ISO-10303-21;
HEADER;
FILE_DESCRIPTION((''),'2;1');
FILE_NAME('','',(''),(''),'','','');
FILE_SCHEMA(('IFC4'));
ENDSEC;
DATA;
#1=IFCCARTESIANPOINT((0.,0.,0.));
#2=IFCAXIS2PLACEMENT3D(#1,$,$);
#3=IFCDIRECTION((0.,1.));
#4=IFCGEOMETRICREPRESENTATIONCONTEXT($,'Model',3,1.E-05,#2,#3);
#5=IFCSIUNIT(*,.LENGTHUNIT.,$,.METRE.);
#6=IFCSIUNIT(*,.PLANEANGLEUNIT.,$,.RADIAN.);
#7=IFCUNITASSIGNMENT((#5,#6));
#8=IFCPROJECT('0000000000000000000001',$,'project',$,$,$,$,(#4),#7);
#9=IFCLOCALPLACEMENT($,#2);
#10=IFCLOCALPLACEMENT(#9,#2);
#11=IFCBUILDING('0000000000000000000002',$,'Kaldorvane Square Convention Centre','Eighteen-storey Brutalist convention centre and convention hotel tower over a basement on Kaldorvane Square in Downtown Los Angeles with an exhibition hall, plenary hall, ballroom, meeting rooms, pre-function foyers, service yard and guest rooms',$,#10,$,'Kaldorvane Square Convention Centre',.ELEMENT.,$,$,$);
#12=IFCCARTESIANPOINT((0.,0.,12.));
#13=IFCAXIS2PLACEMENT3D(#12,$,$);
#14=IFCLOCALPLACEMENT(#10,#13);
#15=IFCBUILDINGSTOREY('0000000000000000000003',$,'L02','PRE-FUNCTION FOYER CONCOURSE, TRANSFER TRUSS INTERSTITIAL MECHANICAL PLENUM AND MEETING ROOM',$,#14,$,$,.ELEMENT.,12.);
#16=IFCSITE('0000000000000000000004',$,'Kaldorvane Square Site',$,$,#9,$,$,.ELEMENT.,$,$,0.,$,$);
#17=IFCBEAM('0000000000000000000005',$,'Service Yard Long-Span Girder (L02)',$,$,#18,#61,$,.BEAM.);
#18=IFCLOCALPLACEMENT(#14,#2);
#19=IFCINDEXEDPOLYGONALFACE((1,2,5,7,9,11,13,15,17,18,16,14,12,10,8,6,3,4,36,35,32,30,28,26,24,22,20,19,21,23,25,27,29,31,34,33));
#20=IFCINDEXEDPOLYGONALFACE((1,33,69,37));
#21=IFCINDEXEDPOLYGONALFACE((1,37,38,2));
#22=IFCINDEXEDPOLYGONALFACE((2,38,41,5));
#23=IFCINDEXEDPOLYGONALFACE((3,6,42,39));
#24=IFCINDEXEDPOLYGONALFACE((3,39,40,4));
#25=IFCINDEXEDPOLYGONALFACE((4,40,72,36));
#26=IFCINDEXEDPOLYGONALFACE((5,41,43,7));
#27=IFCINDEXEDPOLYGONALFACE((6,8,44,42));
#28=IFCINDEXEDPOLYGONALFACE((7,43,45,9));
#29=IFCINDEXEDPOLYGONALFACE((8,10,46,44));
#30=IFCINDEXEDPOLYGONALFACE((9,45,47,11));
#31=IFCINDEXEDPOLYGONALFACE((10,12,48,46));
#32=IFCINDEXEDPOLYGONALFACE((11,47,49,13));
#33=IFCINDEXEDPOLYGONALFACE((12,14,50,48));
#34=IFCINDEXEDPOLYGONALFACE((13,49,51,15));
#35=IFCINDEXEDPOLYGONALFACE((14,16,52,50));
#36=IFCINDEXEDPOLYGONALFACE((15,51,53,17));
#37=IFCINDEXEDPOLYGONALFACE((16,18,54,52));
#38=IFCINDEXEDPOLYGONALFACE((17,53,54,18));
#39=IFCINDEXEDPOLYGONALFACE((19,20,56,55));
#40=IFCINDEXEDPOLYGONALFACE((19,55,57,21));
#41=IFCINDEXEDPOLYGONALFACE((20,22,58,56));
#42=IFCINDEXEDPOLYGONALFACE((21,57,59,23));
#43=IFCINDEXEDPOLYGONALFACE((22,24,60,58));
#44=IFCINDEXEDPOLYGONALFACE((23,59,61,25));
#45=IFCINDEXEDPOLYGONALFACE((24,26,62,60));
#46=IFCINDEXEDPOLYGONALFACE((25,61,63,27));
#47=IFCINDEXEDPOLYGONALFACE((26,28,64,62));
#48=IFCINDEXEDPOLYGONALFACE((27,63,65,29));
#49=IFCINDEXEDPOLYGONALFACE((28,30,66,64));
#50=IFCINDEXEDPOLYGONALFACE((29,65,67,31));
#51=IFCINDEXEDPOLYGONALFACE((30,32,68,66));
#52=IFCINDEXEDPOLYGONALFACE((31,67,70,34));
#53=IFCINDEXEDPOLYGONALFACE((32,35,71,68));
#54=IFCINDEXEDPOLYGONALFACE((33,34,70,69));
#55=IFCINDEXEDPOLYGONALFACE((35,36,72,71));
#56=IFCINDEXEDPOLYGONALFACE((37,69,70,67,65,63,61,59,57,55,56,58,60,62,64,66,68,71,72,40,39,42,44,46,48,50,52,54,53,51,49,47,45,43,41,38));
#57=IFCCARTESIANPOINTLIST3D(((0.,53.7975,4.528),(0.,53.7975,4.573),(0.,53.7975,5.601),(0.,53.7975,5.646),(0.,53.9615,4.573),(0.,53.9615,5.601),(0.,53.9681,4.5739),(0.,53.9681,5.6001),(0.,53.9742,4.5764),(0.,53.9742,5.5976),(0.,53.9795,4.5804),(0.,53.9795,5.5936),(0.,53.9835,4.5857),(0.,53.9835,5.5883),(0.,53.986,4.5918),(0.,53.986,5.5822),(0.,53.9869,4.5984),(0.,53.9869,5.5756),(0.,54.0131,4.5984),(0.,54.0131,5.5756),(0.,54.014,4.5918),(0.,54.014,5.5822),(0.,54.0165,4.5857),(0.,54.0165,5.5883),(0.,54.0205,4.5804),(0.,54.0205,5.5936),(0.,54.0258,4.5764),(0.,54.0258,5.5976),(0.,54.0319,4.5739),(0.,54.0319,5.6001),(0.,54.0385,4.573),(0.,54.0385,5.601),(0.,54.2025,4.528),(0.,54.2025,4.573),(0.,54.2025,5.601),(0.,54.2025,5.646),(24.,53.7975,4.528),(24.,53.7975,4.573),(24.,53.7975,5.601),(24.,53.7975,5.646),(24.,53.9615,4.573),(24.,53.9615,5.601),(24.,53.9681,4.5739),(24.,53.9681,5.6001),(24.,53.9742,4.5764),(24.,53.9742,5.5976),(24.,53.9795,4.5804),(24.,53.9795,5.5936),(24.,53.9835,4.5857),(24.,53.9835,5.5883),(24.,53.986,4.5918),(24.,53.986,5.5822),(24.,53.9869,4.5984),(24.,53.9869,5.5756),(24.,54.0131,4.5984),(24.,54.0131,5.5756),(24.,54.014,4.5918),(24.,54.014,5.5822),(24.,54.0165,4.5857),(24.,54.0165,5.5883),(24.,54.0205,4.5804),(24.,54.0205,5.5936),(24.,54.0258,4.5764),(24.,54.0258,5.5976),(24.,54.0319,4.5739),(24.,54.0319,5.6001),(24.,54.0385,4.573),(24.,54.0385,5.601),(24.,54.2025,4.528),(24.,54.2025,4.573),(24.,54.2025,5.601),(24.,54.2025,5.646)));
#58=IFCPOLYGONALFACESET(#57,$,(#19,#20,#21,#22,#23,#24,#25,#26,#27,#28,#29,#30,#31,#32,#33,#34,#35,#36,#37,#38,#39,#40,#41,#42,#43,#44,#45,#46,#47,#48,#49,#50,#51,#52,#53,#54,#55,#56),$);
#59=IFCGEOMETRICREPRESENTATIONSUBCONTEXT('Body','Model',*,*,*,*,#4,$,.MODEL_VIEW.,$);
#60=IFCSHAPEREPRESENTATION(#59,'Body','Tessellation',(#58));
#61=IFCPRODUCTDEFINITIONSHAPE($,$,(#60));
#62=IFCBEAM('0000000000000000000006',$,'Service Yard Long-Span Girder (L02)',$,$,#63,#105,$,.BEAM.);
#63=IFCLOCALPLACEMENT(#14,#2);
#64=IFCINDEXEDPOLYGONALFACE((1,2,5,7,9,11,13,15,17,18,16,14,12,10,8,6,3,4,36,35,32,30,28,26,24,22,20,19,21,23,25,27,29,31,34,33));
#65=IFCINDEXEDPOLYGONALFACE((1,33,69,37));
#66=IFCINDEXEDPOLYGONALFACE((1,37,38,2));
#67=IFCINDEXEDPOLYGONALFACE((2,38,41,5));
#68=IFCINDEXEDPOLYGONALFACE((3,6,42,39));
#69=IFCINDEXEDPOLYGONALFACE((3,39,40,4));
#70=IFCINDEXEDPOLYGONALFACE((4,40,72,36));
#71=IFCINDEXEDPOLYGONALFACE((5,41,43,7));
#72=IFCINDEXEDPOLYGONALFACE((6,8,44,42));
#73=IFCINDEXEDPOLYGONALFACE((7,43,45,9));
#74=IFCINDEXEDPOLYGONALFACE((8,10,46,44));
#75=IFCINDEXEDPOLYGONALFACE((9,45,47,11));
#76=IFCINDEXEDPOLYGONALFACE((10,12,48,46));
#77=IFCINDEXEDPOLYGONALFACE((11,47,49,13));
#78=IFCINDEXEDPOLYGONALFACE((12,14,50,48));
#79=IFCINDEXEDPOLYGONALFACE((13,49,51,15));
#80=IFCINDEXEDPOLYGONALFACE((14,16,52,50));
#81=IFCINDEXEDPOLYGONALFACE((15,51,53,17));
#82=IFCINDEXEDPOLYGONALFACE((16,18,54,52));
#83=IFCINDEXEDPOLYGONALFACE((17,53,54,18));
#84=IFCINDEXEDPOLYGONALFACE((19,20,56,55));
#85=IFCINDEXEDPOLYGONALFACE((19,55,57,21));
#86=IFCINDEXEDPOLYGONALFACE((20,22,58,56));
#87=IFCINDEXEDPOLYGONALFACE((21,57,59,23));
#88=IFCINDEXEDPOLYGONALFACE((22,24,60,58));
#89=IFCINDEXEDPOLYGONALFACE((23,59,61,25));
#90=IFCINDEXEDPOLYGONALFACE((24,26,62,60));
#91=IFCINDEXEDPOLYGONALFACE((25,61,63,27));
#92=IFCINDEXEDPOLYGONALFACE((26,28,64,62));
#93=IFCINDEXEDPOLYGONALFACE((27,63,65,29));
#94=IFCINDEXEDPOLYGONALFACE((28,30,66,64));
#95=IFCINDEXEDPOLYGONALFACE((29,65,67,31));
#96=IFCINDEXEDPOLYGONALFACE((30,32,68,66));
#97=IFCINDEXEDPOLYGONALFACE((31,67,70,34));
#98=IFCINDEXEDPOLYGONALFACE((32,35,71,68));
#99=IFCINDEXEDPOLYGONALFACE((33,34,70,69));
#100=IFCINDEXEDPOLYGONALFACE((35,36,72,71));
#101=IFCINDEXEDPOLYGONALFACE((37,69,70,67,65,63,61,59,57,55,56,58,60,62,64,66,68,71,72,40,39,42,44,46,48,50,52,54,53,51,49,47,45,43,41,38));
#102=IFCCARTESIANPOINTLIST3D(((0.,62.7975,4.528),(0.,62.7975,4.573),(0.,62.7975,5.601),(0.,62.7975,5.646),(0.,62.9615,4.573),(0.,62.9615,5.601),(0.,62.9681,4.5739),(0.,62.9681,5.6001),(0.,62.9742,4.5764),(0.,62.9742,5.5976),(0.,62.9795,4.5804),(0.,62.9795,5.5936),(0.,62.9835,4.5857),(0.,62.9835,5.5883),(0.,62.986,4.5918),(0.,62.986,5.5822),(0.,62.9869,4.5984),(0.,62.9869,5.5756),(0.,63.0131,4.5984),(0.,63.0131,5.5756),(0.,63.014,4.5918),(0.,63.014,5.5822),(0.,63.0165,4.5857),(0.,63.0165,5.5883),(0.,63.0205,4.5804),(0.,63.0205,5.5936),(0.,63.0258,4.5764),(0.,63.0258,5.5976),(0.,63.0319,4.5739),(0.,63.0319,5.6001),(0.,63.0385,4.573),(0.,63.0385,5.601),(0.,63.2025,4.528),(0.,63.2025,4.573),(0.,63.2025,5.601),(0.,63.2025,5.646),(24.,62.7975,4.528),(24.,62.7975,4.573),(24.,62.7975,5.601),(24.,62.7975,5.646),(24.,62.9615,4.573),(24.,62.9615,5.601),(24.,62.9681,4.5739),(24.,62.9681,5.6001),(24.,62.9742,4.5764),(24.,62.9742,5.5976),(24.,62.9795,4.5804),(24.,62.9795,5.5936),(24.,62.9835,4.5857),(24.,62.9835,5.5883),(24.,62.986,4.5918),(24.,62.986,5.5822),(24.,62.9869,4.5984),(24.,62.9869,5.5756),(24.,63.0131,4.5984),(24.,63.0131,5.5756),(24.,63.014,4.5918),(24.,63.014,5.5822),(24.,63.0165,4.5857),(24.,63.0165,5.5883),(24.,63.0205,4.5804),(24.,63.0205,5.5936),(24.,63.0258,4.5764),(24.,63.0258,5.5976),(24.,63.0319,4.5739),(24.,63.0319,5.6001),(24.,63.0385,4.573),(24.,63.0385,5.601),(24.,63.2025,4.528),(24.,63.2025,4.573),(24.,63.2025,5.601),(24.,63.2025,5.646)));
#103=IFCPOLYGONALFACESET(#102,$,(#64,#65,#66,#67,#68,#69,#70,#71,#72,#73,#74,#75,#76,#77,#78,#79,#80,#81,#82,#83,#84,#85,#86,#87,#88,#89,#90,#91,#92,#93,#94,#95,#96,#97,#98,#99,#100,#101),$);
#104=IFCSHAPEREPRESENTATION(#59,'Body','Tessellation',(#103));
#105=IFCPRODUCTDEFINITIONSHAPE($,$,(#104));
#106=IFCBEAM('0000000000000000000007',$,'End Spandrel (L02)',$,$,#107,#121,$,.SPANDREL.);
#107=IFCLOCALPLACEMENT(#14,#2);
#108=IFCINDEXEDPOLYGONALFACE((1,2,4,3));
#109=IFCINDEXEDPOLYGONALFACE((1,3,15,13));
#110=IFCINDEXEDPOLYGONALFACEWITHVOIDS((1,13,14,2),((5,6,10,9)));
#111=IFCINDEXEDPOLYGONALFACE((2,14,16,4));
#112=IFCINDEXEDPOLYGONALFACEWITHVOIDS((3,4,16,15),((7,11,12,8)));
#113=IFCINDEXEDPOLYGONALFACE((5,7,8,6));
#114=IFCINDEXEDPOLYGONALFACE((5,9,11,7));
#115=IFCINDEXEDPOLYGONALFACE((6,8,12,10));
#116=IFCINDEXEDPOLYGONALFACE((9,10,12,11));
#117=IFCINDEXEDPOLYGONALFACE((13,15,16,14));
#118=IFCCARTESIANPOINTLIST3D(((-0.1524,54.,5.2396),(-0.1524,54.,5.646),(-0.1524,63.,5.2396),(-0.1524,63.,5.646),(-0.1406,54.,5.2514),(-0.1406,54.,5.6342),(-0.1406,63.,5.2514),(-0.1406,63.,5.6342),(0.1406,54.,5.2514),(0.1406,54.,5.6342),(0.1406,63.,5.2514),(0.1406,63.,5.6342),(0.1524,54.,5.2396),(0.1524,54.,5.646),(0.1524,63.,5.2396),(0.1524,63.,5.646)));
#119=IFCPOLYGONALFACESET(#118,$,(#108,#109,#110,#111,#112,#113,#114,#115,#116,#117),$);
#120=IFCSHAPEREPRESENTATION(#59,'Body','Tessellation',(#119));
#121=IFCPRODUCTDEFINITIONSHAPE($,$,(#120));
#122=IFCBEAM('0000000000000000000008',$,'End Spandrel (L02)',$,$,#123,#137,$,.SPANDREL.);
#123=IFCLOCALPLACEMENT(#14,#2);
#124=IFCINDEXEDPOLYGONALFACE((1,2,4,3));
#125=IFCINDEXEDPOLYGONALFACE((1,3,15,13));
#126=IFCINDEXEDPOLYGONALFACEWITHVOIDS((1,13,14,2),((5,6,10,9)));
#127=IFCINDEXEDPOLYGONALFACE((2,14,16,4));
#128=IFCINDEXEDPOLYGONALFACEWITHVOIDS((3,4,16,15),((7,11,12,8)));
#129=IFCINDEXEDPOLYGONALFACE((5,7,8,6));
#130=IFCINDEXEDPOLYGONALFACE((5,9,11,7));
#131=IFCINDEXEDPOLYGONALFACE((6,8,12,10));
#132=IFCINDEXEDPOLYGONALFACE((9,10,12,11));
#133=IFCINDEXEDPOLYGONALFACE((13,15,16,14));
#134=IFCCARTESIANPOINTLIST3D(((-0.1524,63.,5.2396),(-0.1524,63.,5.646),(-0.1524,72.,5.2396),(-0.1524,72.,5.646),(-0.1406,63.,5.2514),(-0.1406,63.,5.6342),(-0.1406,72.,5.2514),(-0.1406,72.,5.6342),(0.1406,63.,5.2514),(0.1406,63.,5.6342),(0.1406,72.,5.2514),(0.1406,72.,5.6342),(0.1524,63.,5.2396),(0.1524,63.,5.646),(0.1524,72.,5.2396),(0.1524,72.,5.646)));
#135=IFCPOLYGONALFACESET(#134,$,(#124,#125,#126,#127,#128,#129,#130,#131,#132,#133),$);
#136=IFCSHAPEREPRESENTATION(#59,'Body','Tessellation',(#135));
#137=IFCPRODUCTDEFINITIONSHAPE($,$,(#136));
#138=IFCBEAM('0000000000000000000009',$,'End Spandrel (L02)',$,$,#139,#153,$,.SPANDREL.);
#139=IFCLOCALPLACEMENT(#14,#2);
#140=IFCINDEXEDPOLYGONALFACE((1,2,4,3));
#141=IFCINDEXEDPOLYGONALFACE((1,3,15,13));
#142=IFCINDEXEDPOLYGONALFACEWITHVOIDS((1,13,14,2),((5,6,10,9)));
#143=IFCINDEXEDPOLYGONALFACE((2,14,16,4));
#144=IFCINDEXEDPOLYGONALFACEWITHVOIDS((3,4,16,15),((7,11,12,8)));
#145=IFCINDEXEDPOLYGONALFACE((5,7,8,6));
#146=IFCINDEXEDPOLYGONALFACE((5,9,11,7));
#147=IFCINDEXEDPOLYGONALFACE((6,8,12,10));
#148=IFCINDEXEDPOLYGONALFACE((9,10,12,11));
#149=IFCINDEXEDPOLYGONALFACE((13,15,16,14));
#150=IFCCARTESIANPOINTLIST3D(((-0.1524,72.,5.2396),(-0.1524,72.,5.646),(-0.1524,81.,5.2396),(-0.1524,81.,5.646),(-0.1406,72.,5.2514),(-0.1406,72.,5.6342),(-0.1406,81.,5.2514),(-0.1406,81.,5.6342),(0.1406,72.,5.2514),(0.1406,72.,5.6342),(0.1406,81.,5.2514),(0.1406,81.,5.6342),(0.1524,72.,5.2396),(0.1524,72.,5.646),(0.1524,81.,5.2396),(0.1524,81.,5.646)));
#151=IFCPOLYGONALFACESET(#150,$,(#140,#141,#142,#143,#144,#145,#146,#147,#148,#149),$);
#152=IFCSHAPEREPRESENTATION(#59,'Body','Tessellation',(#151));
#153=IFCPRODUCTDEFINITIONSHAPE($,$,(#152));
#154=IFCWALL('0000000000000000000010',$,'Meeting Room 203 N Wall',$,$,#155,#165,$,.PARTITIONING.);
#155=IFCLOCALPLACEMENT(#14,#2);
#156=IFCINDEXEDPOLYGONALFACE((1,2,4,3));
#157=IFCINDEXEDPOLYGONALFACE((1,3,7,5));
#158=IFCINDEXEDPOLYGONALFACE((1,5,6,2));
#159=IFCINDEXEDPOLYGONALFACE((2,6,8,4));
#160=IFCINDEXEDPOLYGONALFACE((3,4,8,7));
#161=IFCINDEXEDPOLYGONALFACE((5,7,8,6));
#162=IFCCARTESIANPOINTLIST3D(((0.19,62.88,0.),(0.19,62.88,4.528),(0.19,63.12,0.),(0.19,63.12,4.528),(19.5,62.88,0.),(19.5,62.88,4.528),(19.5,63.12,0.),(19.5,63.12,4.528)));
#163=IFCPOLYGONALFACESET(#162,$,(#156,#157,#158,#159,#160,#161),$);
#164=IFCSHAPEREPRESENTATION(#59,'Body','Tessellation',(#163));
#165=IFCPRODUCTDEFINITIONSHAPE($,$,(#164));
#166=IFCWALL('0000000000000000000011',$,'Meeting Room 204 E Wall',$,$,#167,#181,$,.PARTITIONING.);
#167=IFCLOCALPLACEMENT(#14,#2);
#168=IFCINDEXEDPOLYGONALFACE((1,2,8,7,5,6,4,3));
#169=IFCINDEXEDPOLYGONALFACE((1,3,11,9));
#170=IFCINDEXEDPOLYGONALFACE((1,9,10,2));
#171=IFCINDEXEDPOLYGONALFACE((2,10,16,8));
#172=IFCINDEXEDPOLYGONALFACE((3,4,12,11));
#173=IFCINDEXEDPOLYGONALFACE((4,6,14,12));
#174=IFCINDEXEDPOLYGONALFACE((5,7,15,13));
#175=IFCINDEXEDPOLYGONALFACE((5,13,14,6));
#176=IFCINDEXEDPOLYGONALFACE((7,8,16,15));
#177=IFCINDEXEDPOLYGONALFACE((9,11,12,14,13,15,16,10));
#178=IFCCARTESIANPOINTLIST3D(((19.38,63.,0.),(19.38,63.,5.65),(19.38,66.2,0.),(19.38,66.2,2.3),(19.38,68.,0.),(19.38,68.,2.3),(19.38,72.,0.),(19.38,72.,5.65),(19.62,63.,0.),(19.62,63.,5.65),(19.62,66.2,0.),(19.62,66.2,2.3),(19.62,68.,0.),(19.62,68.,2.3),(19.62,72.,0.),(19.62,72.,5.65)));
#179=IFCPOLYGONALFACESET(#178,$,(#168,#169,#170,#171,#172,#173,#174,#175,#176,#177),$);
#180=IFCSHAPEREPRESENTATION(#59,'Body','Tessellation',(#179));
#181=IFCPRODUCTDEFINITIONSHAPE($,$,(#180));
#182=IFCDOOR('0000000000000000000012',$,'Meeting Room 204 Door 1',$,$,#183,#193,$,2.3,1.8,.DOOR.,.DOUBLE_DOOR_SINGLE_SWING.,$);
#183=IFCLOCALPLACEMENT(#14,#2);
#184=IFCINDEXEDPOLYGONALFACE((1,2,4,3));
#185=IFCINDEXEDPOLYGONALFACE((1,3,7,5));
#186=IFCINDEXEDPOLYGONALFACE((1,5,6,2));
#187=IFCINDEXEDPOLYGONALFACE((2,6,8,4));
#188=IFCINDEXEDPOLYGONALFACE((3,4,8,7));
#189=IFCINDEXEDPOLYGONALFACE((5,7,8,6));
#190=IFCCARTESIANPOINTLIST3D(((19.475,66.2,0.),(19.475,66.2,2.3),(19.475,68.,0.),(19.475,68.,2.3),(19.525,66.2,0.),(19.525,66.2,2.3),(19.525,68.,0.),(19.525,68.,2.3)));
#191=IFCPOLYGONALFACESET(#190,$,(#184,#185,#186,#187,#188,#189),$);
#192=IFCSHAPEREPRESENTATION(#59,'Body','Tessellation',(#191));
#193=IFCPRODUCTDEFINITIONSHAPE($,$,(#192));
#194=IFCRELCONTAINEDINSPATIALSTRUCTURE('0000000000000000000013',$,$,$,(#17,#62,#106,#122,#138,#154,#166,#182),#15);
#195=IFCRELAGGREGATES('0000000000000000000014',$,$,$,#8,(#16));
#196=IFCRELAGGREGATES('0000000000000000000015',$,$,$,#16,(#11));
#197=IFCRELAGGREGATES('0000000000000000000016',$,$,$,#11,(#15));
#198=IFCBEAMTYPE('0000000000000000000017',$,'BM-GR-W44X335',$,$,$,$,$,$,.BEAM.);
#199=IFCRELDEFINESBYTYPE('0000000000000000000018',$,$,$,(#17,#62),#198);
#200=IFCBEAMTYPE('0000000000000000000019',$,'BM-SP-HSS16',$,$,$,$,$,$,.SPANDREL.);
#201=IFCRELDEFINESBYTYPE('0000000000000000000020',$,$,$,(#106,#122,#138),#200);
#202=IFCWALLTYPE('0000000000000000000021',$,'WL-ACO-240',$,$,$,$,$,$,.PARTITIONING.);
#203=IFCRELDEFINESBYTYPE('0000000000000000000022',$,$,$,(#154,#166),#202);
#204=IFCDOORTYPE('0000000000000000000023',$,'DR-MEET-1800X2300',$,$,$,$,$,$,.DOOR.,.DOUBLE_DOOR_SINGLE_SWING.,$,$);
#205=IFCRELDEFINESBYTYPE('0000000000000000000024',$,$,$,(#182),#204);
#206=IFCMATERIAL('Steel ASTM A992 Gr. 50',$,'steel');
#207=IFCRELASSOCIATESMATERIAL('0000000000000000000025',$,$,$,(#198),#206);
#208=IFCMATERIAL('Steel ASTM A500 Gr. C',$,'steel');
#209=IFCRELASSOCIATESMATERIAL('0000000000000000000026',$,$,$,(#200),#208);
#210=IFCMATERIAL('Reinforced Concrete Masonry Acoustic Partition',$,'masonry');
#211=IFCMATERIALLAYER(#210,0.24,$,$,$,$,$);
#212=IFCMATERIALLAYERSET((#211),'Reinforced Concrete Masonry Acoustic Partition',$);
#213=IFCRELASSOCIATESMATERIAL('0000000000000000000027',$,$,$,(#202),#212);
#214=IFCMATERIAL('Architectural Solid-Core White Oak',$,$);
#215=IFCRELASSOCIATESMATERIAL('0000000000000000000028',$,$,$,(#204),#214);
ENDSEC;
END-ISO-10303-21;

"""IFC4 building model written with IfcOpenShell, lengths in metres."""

from ifc_helpers import new_model, si_unit, direction, frame, frame_2d, origin, origin_2d, place, context, subcontext, project, spatial, rectangle, hollow_rectangle, i_section, extrude, material, layer, layer_set, material_profile, profile_set, type_object, element, fill, save


model = new_model("IFC4")

# Units and contexts
model_context = context("Model", 3, precision=1e-05, world=origin(), true_north=direction((0.0, 1.0)))
body_context = subcontext(model_context, "Body", "Model", "MODEL_VIEW")
ifc_project = project(units=[si_unit("LENGTHUNIT", "METRE"), si_unit("PLANEANGLEUNIT", "RADIAN")], contexts=[model_context])

# Site, building, storey
site_placement = place(None, origin())
site = spatial("IfcSite", under=ifc_project, at=site_placement, Name="Kaldorvane Square Site", CompositionType="ELEMENT", RefElevation=0.0)
building_placement = place(site_placement, origin())
building = spatial("IfcBuilding", under=site, at=building_placement, Name="Kaldorvane Square Convention Centre", Description="Eighteen-storey Brutalist convention centre and convention hotel tower over a basement on Kaldorvane Square in Downtown Los Angeles with an exhibition hall, plenary hall, ballroom, meeting rooms, pre-function foyers, service yard and guest rooms", LongName="Kaldorvane Square Convention Centre", CompositionType="ELEMENT")
storey_placement = place(building_placement, frame((0.0, 0.0, 12.0)))
storey = spatial("IfcBuildingStorey", under=building, at=storey_placement, Name="L02", Description="PRE-FUNCTION FOYER CONCOURSE, TRANSFER TRUSS INTERSTITIAL MECHANICAL PLENUM AND MEETING ROOM", CompositionType="ELEMENT", Elevation=12.0)

# Shared definitions
ifc_material_1 = material(Name="Steel ASTM A500 Gr. C", Category="steel")
ifc_material_2 = material(Name="Steel ASTM A992 Gr. 50", Category="steel")

# Beams
ifc_material_profile_1 = material_profile(ifc_material_2, i_section(OverallWidth=0.405, OverallDepth=1.118, WebThickness=0.0262, FlangeThickness=0.045, FilletRadius=0.0254, at=origin_2d()), Name="W44X335")
ifc_profile_set_1 = profile_set([ifc_material_profile_1], Name="Steel ASTM A992 Gr. 50")
beam_type_1 = type_object("IfcBeamType", Name="BM-GR-W44X335", PredefinedType="BEAM", material=ifc_profile_set_1)
for number, where, z_axis, x_axis, name in (
    (1, (0.0, 54.0, 5.087), (1.0, 0.0, 0.0), (0.0, 1.0, 0.0), "Service Yard Long-Span Girder (L02)"),
    (2, (0.0, 63.0, 5.087), (1.0, 0.0, 0.0), (0.0, 1.0, 0.0), "Service Yard Long-Span Girder (L02)"),
):
    element("IfcBeam", number, at=place(storey_placement, frame(where, z_axis=z_axis, x_axis=x_axis)), inside=storey, type_object=beam_type_1, Name=name, PredefinedType="BEAM", context=body_context, shape_type="SweptSolid", body=[
        extrude(i_section(OverallWidth=0.405, OverallDepth=1.118, WebThickness=0.0262, FlangeThickness=0.045, FilletRadius=0.0254, at=origin_2d()), origin(), (0.0, 0.0, 1.0), 24.0),
    ])
ifc_material_profile_2 = material_profile(ifc_material_1, hollow_rectangle(XDim=0.3048, YDim=0.4064, WallThickness=0.0118, at=origin_2d()), Name="HSS16X12X1/2")
ifc_profile_set_2 = profile_set([ifc_material_profile_2], Name="Steel ASTM A500 Gr. C")
beam_type_2 = type_object("IfcBeamType", Name="BM-SP-HSS16", PredefinedType="SPANDREL", material=ifc_profile_set_2)
for number, where, z_axis, x_axis, name in (
    (3, (0.0, 54.0, 5.4428), (0.0, 1.0, 0.0), (-1.0, 0.0, 0.0), "End Spandrel (L02)"),
    (4, (0.0, 63.0, 5.4428), (0.0, 1.0, 0.0), (-1.0, 0.0, 0.0), "End Spandrel (L02)"),
    (5, (0.0, 72.0, 5.4428), (0.0, 1.0, 0.0), (-1.0, 0.0, 0.0), "End Spandrel (L02)"),
):
    element("IfcBeam", number, at=place(storey_placement, frame(where, z_axis=z_axis, x_axis=x_axis)), inside=storey, type_object=beam_type_2, Name=name, PredefinedType="SPANDREL", context=body_context, shape_type="SweptSolid", body=[
        extrude(hollow_rectangle(XDim=0.3048, YDim=0.4064, WallThickness=0.0118, at=origin_2d()), origin(), (0.0, 0.0, 1.0), 9.0),
    ])

# Wall
ifc_material_3 = material(Name="Reinforced Concrete Masonry Acoustic Partition", Category="masonry")
ifc_layer_1 = layer(ifc_material_3, 0.24)
ifc_layer_set_1 = layer_set([ifc_layer_1], Name="Reinforced Concrete Masonry Acoustic Partition")
wall_type_1 = type_object("IfcWallType", Name="WL-ACO-240", PredefinedType="PARTITIONING", material=ifc_layer_set_1)
wall_1_placement = place(storey_placement, frame((19.5, 63.0, 0.0), z_axis=(0.0, 0.0, 1.0), x_axis=(-1.0, 0.0, 0.0)))
element("IfcWall", 6, at=wall_1_placement, inside=storey, type_object=wall_type_1, Name="Meeting Room 203 N Wall", PredefinedType="PARTITIONING", context=body_context, shape_type="SweptSolid", body=[
    extrude(rectangle(XDim=19.31, YDim=0.24, at=frame_2d((9.655, 0.0))), origin(), (0.0, 0.0, 1.0), 4.528),
])

# Wall, opening, door
wall_2_placement = place(storey_placement, frame((19.5, 63.0, 0.0), z_axis=(0.0, 0.0, 1.0), x_axis=(0.0, 1.0, 0.0)))
wall_2 = element("IfcWall", 7, at=wall_2_placement, inside=storey, type_object=wall_type_1, Name="Meeting Room 204 E Wall", PredefinedType="PARTITIONING", context=body_context, shape_type="SweptSolid", body=[
    extrude(rectangle(XDim=9.0, YDim=0.24, at=frame_2d((4.5, 0.0))), origin(), (0.0, 0.0, 1.0), 5.65),
])
opening_1_placement = place(wall_2_placement, frame((3.2, 0.0, 0.0)))
opening_1 = element("IfcOpeningElement", 8, at=opening_1_placement, cuts=wall_2, PredefinedType="OPENING", context=body_context, shape_type="SweptSolid", body=[
    extrude(rectangle(XDim=1.8, YDim=2.3, at=frame_2d((0.9, 1.15))), frame((0.0, 0.135, 0.0), z_axis=(0.0, -1.0, 0.0), x_axis=(1.0, 0.0, 0.0)), (0.0, 0.0, 1.0), 0.27),
])
ifc_material_4 = material(Name="Architectural Solid-Core White Oak")
door_type = type_object("IfcDoorType", Name="DR-MEET-1800X2300", OperationType="DOUBLE_DOOR_SINGLE_SWING", PredefinedType="DOOR", material=ifc_material_4)
door_placement = place(opening_1_placement, origin())
door = element("IfcDoor", 9, at=door_placement, inside=storey, type_object=door_type, Name="Meeting Room 204 Door 1", OperationType="DOUBLE_DOOR_SINGLE_SWING", OverallHeight=2.3, OverallWidth=1.8, PredefinedType="DOOR", context=body_context, shape_type="SweptSolid", body=[
    extrude(rectangle(XDim=1.8, YDim=2.3, at=frame_2d((0.9, 1.15))), frame((0.0, 0.025, 0.0), z_axis=(0.0, -1.0, 0.0), x_axis=(1.0, 0.0, 0.0)), (0.0, 0.0, 1.0), 0.05),
])
fill(opening_1, door)

save(model, "model.ifc")
